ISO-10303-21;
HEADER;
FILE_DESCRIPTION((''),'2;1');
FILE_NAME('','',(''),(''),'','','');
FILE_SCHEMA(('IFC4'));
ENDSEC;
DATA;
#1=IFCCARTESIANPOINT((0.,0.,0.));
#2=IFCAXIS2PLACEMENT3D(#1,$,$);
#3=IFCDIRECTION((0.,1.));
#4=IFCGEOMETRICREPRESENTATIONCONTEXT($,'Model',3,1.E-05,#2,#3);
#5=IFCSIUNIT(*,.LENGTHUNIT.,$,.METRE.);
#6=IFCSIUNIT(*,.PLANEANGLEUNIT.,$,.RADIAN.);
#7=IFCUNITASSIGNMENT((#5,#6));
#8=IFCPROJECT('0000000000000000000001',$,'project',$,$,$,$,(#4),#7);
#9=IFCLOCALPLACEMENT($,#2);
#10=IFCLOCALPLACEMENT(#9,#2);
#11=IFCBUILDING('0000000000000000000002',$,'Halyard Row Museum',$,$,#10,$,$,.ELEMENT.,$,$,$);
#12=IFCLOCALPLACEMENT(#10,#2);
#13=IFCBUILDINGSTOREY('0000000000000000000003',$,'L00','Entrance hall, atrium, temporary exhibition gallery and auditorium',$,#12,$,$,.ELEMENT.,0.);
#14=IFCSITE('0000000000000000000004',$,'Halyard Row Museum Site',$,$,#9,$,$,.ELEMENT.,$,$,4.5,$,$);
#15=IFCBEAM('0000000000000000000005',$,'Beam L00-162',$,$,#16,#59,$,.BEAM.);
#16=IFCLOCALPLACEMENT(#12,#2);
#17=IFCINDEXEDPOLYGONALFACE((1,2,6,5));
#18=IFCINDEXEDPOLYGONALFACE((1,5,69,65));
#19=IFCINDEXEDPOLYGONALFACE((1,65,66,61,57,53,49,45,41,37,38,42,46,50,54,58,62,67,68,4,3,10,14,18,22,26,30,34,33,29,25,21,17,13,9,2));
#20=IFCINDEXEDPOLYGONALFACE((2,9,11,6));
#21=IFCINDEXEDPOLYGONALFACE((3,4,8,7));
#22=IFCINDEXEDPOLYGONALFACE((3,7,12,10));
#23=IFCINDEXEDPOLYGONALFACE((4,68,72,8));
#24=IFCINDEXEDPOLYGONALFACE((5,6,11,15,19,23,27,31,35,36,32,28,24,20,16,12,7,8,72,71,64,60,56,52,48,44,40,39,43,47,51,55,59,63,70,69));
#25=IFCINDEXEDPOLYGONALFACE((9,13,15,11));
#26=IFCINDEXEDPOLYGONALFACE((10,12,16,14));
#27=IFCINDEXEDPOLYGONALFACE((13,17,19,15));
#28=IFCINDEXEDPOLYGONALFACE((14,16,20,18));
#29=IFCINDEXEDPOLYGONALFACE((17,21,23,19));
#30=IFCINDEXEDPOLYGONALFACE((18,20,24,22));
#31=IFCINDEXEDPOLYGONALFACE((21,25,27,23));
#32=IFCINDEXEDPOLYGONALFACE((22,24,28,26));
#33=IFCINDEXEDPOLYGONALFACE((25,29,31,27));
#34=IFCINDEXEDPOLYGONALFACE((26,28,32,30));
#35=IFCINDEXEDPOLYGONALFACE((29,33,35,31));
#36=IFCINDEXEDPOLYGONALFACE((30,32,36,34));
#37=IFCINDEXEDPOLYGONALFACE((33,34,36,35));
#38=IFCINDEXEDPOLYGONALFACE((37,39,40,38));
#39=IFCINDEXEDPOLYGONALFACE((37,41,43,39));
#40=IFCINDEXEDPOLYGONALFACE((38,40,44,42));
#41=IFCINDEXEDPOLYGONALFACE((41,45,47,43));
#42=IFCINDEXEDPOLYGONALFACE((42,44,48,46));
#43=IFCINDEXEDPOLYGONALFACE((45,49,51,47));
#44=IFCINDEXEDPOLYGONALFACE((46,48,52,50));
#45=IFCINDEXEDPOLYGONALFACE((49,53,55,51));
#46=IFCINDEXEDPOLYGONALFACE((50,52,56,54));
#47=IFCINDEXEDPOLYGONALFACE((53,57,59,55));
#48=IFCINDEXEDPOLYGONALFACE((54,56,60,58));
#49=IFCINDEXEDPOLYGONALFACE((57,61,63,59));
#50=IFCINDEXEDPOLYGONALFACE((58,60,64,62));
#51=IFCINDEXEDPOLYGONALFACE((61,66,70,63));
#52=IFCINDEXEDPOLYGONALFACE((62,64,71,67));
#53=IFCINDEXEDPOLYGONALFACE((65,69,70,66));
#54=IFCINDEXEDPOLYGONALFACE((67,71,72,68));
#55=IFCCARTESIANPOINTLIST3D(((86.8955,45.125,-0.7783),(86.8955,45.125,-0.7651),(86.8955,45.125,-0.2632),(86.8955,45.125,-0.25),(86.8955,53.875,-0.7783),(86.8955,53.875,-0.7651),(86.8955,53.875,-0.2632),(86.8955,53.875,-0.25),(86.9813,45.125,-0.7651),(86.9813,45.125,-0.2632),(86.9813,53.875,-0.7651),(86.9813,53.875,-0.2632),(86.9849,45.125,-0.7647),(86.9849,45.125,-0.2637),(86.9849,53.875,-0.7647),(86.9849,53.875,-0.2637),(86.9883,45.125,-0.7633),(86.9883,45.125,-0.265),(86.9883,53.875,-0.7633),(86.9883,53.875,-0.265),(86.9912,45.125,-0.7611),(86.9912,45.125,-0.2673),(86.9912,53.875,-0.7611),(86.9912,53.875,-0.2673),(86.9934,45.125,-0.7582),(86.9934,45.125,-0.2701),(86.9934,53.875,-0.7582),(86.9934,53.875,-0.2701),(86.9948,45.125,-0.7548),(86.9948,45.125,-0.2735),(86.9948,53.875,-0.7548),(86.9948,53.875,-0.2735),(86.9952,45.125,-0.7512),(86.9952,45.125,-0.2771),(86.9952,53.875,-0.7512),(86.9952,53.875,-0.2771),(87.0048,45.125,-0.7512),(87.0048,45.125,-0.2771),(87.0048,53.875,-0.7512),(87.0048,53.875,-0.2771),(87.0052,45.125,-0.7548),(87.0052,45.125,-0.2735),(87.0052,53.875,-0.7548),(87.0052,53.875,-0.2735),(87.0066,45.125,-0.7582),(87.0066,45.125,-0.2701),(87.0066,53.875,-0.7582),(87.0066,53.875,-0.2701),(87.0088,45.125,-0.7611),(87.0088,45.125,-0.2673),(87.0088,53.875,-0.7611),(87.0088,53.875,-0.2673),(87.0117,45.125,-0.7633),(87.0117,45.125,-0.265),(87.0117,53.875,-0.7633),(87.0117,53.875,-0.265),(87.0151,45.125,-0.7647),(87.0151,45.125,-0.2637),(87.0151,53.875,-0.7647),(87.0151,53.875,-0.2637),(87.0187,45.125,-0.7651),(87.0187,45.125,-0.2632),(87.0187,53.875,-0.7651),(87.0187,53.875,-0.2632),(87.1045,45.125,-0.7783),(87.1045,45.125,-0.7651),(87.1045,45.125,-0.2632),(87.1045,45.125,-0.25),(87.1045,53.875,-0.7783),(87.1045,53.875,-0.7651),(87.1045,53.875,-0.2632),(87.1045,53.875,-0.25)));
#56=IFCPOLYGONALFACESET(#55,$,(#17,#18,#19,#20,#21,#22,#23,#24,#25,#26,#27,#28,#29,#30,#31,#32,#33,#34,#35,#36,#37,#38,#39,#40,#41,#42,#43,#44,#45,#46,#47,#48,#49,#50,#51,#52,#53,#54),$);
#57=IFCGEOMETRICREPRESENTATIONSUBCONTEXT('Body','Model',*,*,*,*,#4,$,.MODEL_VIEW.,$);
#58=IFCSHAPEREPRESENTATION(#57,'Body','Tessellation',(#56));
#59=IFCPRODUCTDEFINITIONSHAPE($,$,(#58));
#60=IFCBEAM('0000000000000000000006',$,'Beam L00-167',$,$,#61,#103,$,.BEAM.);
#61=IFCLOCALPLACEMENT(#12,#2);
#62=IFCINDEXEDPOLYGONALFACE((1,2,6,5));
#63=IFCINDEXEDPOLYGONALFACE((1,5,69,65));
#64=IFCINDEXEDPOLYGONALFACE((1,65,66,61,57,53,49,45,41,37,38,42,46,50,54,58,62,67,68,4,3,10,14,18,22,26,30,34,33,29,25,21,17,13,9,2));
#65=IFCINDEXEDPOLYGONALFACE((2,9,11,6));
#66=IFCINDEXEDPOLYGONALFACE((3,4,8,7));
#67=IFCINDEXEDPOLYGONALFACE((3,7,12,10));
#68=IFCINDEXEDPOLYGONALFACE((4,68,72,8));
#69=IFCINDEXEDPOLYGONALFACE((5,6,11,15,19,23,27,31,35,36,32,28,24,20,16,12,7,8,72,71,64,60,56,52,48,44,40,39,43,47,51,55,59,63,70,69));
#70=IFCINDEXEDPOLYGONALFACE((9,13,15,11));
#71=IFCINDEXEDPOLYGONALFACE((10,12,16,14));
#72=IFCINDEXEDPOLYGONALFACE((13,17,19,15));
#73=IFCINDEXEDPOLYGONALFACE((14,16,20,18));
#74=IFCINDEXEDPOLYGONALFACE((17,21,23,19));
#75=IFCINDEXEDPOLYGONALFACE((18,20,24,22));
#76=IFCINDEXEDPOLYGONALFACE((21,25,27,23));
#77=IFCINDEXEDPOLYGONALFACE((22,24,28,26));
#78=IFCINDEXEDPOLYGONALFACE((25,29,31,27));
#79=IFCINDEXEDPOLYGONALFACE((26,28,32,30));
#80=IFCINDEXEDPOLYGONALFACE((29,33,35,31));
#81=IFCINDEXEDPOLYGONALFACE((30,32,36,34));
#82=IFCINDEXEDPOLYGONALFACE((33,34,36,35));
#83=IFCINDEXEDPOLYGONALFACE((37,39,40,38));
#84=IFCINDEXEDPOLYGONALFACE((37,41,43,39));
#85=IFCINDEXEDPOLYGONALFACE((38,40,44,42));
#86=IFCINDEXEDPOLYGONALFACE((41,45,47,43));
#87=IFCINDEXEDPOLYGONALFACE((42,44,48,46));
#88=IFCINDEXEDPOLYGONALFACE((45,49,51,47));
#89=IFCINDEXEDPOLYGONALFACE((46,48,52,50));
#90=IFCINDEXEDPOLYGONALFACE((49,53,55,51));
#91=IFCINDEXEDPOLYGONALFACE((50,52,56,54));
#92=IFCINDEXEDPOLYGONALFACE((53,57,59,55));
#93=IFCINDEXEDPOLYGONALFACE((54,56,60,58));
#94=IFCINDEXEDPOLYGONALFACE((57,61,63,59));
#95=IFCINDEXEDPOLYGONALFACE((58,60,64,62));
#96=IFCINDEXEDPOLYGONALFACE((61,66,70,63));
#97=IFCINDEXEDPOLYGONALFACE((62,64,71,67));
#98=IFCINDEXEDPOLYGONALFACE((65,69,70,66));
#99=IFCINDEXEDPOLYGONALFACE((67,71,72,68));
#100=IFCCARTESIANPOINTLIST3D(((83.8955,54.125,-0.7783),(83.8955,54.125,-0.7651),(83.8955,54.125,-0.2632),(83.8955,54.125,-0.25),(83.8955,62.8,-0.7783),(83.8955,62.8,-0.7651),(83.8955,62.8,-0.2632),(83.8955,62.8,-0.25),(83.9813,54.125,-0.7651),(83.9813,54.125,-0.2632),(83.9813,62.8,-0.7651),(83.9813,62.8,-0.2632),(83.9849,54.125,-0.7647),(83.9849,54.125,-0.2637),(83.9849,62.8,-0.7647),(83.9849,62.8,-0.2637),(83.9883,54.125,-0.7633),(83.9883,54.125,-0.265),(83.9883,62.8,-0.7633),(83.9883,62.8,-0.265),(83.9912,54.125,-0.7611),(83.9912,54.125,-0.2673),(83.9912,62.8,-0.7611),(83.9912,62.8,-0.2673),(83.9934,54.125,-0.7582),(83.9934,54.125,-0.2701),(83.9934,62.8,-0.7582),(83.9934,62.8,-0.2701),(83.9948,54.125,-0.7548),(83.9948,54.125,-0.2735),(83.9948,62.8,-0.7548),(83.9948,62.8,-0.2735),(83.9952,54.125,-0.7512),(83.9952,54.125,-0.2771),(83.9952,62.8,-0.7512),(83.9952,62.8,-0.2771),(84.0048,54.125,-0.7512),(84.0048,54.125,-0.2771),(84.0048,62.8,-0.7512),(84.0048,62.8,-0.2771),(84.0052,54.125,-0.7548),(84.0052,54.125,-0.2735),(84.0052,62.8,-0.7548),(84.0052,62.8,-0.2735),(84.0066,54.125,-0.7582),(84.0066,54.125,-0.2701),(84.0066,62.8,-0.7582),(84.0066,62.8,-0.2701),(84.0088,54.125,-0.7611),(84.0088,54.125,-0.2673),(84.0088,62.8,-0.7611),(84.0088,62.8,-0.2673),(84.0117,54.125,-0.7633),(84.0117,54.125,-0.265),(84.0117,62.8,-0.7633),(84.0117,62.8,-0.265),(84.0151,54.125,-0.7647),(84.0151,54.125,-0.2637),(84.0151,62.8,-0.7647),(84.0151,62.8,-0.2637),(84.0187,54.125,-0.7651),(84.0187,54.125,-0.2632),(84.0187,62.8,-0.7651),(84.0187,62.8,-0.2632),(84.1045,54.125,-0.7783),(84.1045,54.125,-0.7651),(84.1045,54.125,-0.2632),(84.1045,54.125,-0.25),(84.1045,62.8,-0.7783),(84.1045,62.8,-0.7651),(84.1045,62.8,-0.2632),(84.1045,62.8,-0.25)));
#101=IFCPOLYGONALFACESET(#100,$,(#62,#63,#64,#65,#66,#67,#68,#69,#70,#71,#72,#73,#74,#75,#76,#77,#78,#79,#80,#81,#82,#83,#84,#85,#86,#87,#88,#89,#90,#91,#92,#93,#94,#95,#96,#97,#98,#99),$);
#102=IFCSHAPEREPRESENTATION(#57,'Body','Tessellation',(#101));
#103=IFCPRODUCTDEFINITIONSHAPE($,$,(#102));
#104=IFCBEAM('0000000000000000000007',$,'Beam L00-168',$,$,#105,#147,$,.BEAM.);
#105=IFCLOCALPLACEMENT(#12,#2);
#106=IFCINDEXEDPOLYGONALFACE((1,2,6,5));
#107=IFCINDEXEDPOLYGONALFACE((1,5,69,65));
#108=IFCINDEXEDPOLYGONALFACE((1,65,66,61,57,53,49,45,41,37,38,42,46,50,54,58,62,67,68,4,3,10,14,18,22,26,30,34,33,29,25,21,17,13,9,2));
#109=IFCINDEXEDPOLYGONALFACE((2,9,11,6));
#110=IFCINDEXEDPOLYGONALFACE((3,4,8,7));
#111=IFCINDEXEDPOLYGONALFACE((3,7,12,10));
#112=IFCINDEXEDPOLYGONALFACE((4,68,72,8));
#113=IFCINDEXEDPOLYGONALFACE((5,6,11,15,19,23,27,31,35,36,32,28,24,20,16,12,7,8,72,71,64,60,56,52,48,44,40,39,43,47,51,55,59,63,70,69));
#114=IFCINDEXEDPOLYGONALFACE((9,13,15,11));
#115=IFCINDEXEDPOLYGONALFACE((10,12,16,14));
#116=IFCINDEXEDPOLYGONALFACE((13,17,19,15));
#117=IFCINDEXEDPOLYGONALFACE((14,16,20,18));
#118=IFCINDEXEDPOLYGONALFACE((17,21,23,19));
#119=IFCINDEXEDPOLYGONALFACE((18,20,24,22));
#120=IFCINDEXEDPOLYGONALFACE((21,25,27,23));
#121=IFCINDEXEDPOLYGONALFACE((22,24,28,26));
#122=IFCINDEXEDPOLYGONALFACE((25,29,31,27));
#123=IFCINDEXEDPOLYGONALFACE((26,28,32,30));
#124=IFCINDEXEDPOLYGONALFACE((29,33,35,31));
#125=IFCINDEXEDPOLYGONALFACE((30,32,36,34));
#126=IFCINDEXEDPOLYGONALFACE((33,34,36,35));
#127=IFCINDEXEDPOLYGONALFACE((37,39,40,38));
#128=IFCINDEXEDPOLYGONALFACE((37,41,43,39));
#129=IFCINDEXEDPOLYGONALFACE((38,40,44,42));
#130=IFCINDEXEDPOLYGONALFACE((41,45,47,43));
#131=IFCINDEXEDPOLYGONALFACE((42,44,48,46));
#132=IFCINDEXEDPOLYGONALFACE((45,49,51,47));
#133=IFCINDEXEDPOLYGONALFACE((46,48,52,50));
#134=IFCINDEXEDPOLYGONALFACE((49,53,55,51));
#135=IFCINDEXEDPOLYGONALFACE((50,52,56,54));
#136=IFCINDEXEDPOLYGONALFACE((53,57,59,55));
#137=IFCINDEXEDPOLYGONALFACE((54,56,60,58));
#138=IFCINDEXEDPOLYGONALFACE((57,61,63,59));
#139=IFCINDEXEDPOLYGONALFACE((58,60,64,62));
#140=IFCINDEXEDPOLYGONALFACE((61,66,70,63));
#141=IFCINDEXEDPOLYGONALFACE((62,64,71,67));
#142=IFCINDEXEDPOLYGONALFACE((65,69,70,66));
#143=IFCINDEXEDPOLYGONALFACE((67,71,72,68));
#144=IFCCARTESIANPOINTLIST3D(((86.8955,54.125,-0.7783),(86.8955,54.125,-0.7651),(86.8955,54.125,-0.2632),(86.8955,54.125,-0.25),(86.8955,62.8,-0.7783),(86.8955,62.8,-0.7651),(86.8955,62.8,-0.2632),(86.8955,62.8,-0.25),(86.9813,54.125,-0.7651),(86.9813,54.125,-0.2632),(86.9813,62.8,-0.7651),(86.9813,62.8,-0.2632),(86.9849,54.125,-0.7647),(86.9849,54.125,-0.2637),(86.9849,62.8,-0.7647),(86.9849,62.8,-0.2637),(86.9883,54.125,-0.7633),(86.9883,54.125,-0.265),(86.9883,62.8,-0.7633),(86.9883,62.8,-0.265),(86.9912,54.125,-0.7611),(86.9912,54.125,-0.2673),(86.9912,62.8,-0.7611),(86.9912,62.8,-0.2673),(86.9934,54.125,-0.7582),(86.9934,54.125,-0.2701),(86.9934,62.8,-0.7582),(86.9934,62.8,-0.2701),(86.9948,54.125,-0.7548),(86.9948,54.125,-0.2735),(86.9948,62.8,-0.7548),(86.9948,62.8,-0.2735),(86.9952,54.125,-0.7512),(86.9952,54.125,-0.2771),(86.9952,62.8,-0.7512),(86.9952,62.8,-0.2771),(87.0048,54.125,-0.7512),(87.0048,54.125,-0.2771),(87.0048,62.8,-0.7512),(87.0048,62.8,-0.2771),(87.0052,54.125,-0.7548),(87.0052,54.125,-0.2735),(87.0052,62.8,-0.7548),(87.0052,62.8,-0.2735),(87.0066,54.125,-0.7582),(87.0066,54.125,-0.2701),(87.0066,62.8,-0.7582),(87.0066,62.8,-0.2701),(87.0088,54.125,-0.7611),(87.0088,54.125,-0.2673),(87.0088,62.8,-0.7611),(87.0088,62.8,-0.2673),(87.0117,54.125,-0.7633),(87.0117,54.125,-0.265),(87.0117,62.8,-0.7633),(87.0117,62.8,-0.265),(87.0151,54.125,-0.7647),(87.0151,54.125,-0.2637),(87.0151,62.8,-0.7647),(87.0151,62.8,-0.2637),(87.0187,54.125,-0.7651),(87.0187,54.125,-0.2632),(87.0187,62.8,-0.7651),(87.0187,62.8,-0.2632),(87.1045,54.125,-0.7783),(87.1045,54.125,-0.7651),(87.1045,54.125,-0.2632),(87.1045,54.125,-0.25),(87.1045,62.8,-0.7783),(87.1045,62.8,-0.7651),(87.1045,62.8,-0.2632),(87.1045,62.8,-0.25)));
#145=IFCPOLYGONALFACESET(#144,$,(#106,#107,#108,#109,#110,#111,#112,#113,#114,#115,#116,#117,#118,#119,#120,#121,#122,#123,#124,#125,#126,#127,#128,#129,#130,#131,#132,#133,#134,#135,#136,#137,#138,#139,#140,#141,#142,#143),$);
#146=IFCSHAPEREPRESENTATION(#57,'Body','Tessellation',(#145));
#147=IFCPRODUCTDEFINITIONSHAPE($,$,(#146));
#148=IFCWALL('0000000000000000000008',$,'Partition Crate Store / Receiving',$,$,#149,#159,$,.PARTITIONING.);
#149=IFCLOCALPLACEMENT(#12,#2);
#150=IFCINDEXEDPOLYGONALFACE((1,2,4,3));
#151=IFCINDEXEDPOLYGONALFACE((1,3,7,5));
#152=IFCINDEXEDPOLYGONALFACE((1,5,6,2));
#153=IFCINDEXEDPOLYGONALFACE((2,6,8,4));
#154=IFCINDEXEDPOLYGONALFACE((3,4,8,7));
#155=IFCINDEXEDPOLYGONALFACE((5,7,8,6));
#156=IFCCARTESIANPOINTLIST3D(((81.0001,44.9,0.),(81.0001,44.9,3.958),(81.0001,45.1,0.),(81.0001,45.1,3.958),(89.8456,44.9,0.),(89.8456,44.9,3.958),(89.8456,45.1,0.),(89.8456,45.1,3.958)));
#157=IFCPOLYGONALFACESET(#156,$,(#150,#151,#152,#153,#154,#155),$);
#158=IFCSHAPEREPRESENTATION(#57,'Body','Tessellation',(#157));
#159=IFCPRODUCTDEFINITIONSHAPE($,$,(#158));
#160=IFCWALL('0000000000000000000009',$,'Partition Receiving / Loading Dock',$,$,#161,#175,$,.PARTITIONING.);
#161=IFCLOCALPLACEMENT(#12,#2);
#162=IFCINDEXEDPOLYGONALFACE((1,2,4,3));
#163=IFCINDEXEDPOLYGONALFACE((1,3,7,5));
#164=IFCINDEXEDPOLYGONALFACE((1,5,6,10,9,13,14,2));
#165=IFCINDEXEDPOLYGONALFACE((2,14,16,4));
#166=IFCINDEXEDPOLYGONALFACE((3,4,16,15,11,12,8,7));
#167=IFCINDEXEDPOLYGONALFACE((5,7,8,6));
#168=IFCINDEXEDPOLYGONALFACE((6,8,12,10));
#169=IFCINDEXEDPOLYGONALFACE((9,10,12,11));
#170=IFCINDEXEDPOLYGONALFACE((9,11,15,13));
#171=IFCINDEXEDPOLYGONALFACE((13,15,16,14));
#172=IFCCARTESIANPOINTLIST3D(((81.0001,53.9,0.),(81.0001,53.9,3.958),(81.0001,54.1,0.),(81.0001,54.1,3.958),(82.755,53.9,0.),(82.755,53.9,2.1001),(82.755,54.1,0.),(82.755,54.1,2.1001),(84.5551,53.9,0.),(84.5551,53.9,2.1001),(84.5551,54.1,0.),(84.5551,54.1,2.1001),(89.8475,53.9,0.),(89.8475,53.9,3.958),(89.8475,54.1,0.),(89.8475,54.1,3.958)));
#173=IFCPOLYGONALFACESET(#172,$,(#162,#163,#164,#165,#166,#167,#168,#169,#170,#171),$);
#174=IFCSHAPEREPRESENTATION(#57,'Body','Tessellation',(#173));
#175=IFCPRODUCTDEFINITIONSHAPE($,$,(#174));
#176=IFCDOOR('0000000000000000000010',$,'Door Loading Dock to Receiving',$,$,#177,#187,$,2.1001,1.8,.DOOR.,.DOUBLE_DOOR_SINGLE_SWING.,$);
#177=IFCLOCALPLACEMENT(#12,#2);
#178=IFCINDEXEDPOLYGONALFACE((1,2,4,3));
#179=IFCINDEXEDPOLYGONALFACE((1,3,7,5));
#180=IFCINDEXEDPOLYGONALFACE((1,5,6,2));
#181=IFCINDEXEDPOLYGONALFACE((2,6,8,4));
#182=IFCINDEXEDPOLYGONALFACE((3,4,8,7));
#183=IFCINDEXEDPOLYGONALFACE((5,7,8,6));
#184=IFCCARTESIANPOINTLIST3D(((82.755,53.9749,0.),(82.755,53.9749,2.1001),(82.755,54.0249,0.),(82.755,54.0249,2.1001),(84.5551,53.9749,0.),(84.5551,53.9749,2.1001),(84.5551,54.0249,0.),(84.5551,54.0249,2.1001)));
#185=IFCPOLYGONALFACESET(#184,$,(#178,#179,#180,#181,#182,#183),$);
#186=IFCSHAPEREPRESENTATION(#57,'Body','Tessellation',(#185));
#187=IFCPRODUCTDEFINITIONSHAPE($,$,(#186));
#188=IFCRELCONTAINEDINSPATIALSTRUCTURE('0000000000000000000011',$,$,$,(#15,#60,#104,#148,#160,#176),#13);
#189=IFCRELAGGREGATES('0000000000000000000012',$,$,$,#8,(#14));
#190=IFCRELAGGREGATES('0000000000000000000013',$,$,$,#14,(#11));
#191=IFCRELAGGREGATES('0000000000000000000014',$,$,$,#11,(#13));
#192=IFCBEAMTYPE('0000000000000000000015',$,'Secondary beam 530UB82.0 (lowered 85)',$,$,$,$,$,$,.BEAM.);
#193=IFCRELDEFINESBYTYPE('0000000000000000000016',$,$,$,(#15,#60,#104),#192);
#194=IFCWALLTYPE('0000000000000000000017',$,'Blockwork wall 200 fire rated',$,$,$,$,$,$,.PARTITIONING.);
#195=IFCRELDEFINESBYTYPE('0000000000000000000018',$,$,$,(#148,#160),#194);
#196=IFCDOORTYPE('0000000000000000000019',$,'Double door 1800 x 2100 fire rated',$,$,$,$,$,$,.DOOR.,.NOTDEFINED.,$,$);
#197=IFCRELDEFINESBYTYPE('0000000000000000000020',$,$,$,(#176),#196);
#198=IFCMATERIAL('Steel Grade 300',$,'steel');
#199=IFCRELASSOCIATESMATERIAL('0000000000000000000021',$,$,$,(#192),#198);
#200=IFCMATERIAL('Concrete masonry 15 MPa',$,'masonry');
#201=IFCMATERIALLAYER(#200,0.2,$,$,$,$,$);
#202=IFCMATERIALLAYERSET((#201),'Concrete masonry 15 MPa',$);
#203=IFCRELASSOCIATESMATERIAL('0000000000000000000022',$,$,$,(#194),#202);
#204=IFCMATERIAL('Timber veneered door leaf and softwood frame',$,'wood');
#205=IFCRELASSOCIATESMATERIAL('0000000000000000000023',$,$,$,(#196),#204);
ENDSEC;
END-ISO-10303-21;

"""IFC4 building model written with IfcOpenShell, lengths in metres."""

from ifc_helpers import new_model, si_unit, direction, frame, frame_2d, origin, origin_2d, place, context, subcontext, project, spatial, rectangle, i_section, extrude, material, layer, layer_set, material_profile, profile_set, type_object, element, fill, save


model = new_model("IFC4")

# Units and contexts
model_context = context("Model", 3, precision=1e-05, world=origin(), true_north=direction((0.0, 1.0)))
body_context = subcontext(model_context, "Body", "Model", "MODEL_VIEW")
ifc_project = project(units=[si_unit("LENGTHUNIT", "METRE"), si_unit("PLANEANGLEUNIT", "RADIAN")], contexts=[model_context])

# Site, building, storey
site_placement = place(None, origin())
site = spatial("IfcSite", under=ifc_project, at=site_placement, Name="Halyard Row Museum Site", CompositionType="ELEMENT", RefElevation=4.5)
building_placement = place(site_placement, origin())
building = spatial("IfcBuilding", under=site, at=building_placement, Name="Halyard Row Museum", CompositionType="ELEMENT")
storey_placement = place(building_placement, origin())
storey = spatial("IfcBuildingStorey", under=building, at=storey_placement, Name="L00", Description="Entrance hall, atrium, temporary exhibition gallery and auditorium", CompositionType="ELEMENT", Elevation=0.0)

# Beams
ifc_material_1 = material(Name="Steel Grade 300", Category="steel")
ifc_material_profile_1 = material_profile(ifc_material_1, i_section(OverallWidth=0.209, OverallDepth=0.5283, WebThickness=0.0095, FlangeThickness=0.0132, FilletRadius=0.0139, at=origin_2d()), Name="530UB82.0")
ifc_profile_set_1 = profile_set([ifc_material_profile_1], Name="Steel Grade 300")
beam_type_1 = type_object("IfcBeamType", Name="Secondary beam 530UB82.0 (lowered 85)", PredefinedType="BEAM", material=ifc_profile_set_1)
for number, where, z_axis, x_axis, name in (
    (1, (87.0, 45.125, -0.5142), (0.0, 1.0, 0.0), (-1.0, 0.0, 0.0), "Beam L00-162"),
):
    element("IfcBeam", number, at=place(storey_placement, frame(where, z_axis=z_axis, x_axis=x_axis)), inside=storey, type_object=beam_type_1, Name=name, PredefinedType="BEAM", context=body_context, shape_type="SweptSolid", body=[
        extrude(i_section(OverallWidth=0.209, OverallDepth=0.5283, WebThickness=0.0095, FlangeThickness=0.0132, FilletRadius=0.0139, at=origin_2d()), origin(), (0.0, 0.0, 1.0), 8.75),
    ])
for number, where, z_axis, x_axis, name in (
    (2, (84.0, 54.125, -0.5142), (0.0, 1.0, 0.0), (-1.0, 0.0, 0.0), "Beam L00-167"),
    (3, (87.0, 54.125, -0.5142), (0.0, 1.0, 0.0), (-1.0, 0.0, 0.0), "Beam L00-168"),
):
    element("IfcBeam", number, at=place(storey_placement, frame(where, z_axis=z_axis, x_axis=x_axis)), inside=storey, type_object=beam_type_1, Name=name, PredefinedType="BEAM", context=body_context, shape_type="SweptSolid", body=[
        extrude(i_section(OverallWidth=0.209, OverallDepth=0.5283, WebThickness=0.0095, FlangeThickness=0.0132, FilletRadius=0.0139, at=origin_2d()), origin(), (0.0, 0.0, 1.0), 8.675),
    ])

# Wall
ifc_material_2 = material(Name="Concrete masonry 15 MPa", Category="masonry")
ifc_layer_1 = layer(ifc_material_2, 0.2)
ifc_layer_set_1 = layer_set([ifc_layer_1], Name="Concrete masonry 15 MPa")
wall_type_1 = type_object("IfcWallType", Name="Blockwork wall 200 fire rated", PredefinedType="PARTITIONING", material=ifc_layer_set_1)
wall_1_placement = place(storey_placement, frame((81.0, 45.0, 0.0), z_axis=(0.0, 0.0, 1.0), x_axis=(1.0, 0.0, 0.0)))
element("IfcWall", 4, at=wall_1_placement, inside=storey, type_object=wall_type_1, Name="Partition Crate Store / Receiving", PredefinedType="PARTITIONING", context=body_context, shape_type="SweptSolid", body=[
    extrude(rectangle(XDim=8.8455, YDim=0.2, at=frame_2d((4.4229, 0.0))), origin(), (0.0, 0.0, 1.0), 3.958),
])

# Wall, opening, door
wall_2_placement = place(storey_placement, frame((81.0, 54.0, 0.0), z_axis=(0.0, 0.0, 1.0), x_axis=(1.0, 0.0, 0.0)))
wall_2 = element("IfcWall", 5, at=wall_2_placement, inside=storey, type_object=wall_type_1, Name="Partition Receiving / Loading Dock", PredefinedType="PARTITIONING", context=body_context, shape_type="SweptSolid", body=[
    extrude(rectangle(XDim=8.8474, YDim=0.2, at=frame_2d((4.4238, 0.0))), origin(), (0.0, 0.0, 1.0), 3.958),
])
opening_1_placement = place(wall_2_placement, frame((1.7551, 0.0, 0.0)))
opening_1 = element("IfcOpeningElement", 6, at=opening_1_placement, cuts=wall_2, PredefinedType="OPENING", context=body_context, shape_type="SweptSolid", body=[
    extrude(rectangle(XDim=1.8, YDim=2.1001, at=frame_2d((0.8999, 1.05))), frame((0.0, 0.1099, 0.0), z_axis=(0.0, -1.0, 0.0), x_axis=(1.0, 0.0, 0.0)), (0.0, 0.0, 1.0), 0.22),
])
ifc_material_3 = material(Name="Timber veneered door leaf and softwood frame", Category="wood")
door_type_1 = type_object("IfcDoorType", Name="Double door 1800 x 2100 fire rated", OperationType="NOTDEFINED", PredefinedType="DOOR", material=ifc_material_3)
door_1_placement = place(opening_1_placement, origin())
door_1 = element("IfcDoor", 7, at=door_1_placement, inside=storey, type_object=door_type_1, Name="Door Loading Dock to Receiving", OperationType="DOUBLE_DOOR_SINGLE_SWING", OverallHeight=2.1001, OverallWidth=1.8, PredefinedType="DOOR", context=body_context, shape_type="SweptSolid", body=[
    extrude(rectangle(XDim=1.8, YDim=2.1001, at=frame_2d((0.8999, 1.05))), frame((0.0, 0.0249, 0.0), z_axis=(0.0, -1.0, 0.0), x_axis=(1.0, 0.0, 0.0)), (0.0, 0.0, 1.0), 0.05),
])
fill(opening_1, door_1)

save(model, "model.ifc")
